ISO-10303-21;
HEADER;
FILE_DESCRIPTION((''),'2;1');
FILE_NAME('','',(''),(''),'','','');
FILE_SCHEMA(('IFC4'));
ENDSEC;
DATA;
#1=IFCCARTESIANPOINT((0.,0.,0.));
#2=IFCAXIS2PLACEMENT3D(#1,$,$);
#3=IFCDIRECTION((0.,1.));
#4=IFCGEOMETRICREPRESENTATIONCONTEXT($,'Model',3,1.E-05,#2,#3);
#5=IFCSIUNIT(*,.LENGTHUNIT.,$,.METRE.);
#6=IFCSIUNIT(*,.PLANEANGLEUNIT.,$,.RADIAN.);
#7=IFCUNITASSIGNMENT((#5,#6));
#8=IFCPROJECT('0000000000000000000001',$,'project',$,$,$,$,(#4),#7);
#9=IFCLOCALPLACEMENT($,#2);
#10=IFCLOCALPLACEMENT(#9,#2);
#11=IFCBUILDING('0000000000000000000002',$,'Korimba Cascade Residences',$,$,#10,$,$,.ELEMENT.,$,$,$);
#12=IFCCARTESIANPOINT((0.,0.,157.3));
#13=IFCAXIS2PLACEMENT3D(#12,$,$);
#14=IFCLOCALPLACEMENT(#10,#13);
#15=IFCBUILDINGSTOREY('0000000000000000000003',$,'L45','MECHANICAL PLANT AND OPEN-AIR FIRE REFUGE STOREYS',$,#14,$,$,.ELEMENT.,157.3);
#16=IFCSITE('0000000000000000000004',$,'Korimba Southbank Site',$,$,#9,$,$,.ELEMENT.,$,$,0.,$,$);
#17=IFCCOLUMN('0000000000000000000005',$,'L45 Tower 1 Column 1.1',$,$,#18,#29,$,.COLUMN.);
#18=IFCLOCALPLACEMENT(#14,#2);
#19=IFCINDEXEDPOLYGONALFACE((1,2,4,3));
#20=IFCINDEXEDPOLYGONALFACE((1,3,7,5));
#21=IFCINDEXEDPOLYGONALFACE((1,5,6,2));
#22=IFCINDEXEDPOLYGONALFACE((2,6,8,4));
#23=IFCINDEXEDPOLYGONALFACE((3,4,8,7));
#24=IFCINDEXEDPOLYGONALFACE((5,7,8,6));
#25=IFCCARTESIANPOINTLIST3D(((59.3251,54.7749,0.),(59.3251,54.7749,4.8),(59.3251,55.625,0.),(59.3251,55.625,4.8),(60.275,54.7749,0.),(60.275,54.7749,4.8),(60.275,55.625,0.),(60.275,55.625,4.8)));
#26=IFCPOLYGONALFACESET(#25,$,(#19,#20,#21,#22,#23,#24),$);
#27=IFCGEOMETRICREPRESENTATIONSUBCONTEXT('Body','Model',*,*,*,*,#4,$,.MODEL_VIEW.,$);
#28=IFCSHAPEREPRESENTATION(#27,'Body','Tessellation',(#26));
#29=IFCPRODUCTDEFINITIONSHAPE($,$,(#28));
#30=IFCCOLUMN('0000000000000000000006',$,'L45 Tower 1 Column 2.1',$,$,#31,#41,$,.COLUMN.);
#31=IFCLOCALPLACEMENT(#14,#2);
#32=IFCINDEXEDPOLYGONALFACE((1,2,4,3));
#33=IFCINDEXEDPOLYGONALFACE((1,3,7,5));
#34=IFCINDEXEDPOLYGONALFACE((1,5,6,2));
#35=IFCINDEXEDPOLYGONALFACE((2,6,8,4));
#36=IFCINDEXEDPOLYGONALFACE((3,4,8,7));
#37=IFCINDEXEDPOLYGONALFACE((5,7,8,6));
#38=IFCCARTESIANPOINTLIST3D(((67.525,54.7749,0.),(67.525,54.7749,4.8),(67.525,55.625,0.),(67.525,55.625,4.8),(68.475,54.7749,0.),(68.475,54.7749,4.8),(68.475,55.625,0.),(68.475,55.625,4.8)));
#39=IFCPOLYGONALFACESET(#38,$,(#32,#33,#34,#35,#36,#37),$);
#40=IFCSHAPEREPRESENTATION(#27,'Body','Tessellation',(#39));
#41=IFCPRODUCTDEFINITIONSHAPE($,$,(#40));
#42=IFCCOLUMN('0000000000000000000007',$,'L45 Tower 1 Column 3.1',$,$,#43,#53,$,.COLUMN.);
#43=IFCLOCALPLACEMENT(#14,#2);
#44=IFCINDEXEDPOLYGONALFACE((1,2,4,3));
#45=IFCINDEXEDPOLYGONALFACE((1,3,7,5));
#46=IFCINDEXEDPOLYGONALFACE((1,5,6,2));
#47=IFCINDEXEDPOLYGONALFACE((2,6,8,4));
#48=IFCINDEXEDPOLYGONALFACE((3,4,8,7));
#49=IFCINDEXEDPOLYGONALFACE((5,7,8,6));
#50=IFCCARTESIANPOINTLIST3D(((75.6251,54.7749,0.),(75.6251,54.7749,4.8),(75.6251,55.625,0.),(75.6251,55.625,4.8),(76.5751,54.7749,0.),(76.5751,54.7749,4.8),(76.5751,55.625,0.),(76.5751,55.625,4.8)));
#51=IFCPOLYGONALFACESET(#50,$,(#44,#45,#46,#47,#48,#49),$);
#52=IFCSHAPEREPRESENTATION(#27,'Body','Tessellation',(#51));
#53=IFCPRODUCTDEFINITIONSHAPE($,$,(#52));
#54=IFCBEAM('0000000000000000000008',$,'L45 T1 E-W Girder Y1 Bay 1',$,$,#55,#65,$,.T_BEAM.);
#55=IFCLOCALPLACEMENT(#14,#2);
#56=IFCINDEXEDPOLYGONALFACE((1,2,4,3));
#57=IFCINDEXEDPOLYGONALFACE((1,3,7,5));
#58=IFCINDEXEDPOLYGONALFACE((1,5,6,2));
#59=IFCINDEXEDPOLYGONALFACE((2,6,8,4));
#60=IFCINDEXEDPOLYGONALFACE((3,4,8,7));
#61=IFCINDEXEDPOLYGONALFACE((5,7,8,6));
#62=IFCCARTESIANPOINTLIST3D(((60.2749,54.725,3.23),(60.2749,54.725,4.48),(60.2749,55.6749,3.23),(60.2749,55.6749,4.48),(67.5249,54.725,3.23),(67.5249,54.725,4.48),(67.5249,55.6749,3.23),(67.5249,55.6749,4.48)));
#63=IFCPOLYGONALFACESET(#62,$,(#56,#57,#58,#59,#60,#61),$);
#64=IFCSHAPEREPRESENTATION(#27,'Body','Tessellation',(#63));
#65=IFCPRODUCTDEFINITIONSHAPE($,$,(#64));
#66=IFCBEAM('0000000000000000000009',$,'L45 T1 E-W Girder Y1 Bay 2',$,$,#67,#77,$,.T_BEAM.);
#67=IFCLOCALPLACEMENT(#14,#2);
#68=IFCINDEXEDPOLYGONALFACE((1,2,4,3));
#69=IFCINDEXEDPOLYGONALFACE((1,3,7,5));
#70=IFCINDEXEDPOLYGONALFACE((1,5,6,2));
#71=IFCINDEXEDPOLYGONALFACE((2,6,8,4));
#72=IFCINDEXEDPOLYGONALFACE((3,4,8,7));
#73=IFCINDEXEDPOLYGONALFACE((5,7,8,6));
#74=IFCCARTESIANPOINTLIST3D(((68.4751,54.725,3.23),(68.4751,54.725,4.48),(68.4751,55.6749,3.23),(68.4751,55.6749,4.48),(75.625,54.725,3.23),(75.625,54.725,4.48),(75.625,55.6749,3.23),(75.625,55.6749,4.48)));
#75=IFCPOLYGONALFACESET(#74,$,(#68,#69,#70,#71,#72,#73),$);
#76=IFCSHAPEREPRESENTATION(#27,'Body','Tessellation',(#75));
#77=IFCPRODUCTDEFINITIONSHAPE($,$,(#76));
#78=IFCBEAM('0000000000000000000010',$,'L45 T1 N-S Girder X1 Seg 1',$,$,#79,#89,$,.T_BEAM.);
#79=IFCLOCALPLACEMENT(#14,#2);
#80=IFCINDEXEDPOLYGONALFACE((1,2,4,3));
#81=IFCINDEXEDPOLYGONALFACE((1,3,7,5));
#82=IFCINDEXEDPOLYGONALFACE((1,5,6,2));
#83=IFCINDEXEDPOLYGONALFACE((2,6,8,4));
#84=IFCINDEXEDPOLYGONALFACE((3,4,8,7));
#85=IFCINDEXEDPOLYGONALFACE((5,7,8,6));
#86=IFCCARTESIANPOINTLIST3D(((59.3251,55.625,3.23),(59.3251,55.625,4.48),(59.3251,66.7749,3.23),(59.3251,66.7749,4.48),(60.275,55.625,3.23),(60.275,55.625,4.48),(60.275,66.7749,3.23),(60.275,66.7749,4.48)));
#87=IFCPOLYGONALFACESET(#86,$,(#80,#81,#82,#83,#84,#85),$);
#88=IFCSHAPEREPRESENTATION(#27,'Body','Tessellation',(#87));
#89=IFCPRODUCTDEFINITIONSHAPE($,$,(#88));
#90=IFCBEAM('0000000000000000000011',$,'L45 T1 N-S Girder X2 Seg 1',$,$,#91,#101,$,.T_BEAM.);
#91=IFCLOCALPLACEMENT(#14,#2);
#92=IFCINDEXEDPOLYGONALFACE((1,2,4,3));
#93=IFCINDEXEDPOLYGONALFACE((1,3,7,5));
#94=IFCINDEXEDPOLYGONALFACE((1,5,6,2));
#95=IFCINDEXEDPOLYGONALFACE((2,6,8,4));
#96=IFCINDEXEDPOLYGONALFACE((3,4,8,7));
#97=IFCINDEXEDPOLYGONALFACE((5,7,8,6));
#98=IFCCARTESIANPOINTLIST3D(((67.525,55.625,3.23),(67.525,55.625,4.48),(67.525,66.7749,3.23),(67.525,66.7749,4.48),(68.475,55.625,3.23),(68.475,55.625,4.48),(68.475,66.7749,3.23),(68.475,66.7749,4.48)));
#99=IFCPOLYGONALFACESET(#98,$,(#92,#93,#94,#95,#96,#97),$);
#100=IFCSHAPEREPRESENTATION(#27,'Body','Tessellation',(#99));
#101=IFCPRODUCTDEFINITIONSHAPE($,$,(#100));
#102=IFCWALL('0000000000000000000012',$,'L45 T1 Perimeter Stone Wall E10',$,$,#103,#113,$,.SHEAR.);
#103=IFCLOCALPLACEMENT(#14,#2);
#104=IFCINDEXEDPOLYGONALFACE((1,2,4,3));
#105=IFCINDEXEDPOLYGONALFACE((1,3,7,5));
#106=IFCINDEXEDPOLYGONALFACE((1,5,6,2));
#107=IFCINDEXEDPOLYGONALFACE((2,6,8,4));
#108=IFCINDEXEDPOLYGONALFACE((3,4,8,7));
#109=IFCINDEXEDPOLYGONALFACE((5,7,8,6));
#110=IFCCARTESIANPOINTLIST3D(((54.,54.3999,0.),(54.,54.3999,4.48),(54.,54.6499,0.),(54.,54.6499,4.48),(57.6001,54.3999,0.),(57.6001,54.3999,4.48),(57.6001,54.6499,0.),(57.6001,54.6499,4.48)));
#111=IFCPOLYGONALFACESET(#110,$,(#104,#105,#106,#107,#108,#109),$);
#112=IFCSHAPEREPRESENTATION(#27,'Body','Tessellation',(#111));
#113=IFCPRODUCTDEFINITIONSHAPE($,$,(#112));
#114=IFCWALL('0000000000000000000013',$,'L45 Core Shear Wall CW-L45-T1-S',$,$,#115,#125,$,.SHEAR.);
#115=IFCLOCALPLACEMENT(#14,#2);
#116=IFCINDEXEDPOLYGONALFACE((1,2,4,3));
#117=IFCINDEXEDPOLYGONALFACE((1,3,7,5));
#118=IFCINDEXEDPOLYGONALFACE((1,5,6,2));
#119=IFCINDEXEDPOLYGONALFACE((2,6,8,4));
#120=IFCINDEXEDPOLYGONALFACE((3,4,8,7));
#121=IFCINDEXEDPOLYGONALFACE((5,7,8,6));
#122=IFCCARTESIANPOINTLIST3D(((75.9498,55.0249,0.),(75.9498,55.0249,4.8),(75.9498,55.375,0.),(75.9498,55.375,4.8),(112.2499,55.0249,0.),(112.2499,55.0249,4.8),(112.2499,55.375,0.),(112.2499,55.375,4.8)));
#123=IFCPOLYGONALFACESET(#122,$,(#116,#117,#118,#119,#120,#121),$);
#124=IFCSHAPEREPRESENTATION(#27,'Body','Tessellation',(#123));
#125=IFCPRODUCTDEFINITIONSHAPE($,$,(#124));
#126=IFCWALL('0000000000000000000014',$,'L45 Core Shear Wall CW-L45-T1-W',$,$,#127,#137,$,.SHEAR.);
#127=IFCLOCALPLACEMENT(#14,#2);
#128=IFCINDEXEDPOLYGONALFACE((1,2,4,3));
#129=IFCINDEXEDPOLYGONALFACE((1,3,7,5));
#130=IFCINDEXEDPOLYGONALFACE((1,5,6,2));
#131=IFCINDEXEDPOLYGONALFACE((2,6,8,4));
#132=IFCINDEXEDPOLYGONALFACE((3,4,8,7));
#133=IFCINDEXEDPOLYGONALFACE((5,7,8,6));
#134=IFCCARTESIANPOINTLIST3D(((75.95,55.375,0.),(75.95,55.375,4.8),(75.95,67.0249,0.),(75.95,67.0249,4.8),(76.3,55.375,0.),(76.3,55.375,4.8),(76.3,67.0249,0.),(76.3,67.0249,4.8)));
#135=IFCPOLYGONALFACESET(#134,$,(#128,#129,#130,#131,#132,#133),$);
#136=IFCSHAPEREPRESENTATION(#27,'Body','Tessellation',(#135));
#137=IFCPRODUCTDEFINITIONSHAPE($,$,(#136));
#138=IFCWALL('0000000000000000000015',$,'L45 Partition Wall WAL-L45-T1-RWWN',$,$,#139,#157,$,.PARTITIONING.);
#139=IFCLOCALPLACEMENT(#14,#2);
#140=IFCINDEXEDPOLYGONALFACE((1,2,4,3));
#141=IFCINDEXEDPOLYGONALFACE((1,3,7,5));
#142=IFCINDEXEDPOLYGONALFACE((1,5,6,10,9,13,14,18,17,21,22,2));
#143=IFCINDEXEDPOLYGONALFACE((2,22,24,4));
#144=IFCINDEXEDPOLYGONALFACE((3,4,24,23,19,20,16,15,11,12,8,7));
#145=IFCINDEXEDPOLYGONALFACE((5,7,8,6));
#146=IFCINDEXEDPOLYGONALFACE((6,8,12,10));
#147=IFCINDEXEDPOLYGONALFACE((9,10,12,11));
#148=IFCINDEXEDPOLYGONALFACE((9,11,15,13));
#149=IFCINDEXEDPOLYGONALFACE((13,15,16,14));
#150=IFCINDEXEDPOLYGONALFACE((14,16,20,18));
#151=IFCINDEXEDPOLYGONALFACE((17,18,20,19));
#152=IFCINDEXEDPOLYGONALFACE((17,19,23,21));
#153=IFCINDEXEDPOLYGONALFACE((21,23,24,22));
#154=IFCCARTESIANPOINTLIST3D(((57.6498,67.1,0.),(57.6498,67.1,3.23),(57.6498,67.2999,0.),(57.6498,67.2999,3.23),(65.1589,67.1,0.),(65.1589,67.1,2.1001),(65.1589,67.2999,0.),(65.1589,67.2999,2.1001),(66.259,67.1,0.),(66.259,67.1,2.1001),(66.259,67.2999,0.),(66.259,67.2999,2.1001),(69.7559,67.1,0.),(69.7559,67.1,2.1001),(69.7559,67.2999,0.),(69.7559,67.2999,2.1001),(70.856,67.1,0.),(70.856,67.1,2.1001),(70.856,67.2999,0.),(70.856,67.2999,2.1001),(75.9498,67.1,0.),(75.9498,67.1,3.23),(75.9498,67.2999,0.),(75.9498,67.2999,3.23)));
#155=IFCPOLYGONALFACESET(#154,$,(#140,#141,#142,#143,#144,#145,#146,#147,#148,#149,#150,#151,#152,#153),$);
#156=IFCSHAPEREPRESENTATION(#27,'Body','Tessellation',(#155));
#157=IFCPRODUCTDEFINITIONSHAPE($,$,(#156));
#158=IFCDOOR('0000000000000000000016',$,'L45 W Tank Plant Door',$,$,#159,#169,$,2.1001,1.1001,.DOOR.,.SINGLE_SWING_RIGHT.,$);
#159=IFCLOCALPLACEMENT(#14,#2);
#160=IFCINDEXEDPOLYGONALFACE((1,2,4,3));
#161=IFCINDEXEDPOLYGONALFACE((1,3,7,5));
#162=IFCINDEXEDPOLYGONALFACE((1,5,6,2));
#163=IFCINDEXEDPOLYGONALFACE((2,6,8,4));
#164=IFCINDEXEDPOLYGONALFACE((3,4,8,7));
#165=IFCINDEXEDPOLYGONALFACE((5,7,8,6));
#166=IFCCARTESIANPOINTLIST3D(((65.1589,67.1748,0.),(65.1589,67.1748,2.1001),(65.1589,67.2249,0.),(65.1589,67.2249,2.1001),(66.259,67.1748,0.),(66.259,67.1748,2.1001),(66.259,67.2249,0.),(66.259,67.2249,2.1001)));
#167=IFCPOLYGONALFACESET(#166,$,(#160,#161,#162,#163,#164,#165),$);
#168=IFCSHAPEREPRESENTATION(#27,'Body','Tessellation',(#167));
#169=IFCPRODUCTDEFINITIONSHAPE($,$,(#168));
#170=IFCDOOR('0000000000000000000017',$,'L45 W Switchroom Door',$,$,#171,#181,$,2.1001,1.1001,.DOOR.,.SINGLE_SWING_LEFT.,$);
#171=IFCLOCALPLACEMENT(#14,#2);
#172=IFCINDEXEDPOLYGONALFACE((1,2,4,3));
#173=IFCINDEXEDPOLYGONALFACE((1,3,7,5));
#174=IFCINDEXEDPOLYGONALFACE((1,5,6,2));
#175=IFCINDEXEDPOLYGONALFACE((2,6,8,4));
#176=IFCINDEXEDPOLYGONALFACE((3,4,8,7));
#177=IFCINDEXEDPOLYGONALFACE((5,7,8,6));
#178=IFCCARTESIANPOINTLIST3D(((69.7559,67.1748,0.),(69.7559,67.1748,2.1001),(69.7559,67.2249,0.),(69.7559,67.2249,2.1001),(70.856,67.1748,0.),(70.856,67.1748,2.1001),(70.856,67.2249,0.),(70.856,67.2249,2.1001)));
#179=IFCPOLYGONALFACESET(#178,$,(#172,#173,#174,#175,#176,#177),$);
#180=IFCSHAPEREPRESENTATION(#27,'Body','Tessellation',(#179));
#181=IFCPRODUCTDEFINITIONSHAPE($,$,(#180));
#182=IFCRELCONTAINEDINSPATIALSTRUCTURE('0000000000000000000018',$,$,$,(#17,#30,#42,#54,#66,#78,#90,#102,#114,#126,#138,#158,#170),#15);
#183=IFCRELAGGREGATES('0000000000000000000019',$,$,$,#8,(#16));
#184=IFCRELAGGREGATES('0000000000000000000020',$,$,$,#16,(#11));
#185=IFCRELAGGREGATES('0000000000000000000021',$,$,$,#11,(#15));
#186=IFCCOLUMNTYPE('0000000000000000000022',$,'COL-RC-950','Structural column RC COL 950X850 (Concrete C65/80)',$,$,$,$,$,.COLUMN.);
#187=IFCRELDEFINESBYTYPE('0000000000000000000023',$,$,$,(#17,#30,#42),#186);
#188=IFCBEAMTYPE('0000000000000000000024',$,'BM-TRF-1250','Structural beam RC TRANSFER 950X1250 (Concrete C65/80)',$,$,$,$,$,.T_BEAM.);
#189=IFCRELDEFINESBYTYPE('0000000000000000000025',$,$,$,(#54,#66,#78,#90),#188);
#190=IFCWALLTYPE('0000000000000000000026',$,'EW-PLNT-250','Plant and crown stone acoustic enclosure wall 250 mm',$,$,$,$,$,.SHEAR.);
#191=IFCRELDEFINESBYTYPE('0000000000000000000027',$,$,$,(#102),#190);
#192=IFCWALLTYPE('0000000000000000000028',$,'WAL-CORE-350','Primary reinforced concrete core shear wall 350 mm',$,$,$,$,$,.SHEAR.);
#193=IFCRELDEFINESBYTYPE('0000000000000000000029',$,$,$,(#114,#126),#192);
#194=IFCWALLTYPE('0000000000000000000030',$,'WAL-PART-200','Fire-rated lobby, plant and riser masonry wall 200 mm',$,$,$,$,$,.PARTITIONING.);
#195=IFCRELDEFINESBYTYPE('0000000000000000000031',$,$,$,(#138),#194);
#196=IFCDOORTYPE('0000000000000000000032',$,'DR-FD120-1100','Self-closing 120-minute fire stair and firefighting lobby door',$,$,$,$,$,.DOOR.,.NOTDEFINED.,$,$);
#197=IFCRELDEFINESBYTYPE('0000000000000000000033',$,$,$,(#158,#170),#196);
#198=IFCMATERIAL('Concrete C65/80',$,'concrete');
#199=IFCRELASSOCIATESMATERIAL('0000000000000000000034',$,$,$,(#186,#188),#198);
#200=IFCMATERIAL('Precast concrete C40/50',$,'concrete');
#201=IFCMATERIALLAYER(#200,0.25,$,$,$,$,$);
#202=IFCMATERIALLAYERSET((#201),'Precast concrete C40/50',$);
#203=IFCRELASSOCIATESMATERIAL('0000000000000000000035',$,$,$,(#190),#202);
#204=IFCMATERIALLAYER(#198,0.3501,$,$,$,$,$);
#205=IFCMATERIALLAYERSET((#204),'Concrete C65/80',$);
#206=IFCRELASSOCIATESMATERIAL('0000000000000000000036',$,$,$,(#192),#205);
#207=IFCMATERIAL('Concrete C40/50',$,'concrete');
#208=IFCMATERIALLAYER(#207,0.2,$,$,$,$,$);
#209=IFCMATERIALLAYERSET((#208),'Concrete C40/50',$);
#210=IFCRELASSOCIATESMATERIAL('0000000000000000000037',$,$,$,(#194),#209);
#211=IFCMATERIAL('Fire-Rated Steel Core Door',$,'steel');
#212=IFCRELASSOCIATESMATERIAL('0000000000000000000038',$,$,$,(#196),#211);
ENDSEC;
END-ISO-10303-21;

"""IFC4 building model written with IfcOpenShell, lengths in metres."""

from ifc_helpers import new_model, si_unit, direction, frame, frame_2d, origin, origin_2d, place, context, subcontext, project, spatial, rectangle, extrude, material, layer, layer_set, material_profile, profile_set, type_object, element, fill, save


model = new_model("IFC4")

# Units and contexts
model_context = context("Model", 3, precision=1e-05, world=origin(), true_north=direction((0.0, 1.0)))
body_context = subcontext(model_context, "Body", "Model", "MODEL_VIEW")
ifc_project = project(units=[si_unit("LENGTHUNIT", "METRE"), si_unit("PLANEANGLEUNIT", "RADIAN")], contexts=[model_context])

# Site, building, storey
site_placement = place(None, origin())
site = spatial("IfcSite", under=ifc_project, at=site_placement, Name="Korimba Southbank Site", CompositionType="ELEMENT", RefElevation=0.0)
building_placement = place(site_placement, origin())
building = spatial("IfcBuilding", under=site, at=building_placement, Name="Korimba Cascade Residences", CompositionType="ELEMENT")
storey_placement = place(building_placement, frame((0.0, 0.0, 157.3)))
storey = spatial("IfcBuildingStorey", under=building, at=storey_placement, Name="L45", Description="MECHANICAL PLANT AND OPEN-AIR FIRE REFUGE STOREYS", CompositionType="ELEMENT", Elevation=157.3)

# Columns
ifc_material_1 = material(Name="Concrete C65/80", Category="concrete")
ifc_material_profile_1 = material_profile(ifc_material_1, rectangle(XDim=0.95, YDim=0.8501, at=origin_2d()), Name="Concrete C65/80")
ifc_profile_set_1 = profile_set([ifc_material_profile_1], Name="Concrete C65/80")
column_type = type_object("IfcColumnType", Name="COL-RC-950", Description="Structural column RC COL 950X850 (Concrete C65/80)", PredefinedType="COLUMN", material=ifc_profile_set_1)
for number, where, z_axis, x_axis, name in (
    (1, (59.8, 55.2, 0.0), (0.0, 0.0, 1.0), (1.0, 0.0, 0.0), "L45 Tower 1 Column 1.1"),
    (2, (68.0, 55.2, 0.0), (0.0, 0.0, 1.0), (1.0, 0.0, 0.0), "L45 Tower 1 Column 2.1"),
    (3, (76.1001, 55.2, 0.0), (0.0, 0.0, 1.0), (1.0, 0.0, 0.0), "L45 Tower 1 Column 3.1"),
):
    element("IfcColumn", number, at=place(storey_placement, frame(where, z_axis=z_axis, x_axis=x_axis)), inside=storey, type_object=column_type, Name=name, PredefinedType="COLUMN", context=body_context, shape_type="SweptSolid", body=[
        extrude(rectangle(XDim=0.95, YDim=0.8501, at=origin_2d()), origin(), (0.0, 0.0, 1.0), 4.8),
    ])

# Beams
ifc_material_profile_2 = material_profile(ifc_material_1, rectangle(XDim=0.95, YDim=1.25, at=origin_2d()), Name="Concrete C65/80")
ifc_profile_set_2 = profile_set([ifc_material_profile_2], Name="Concrete C65/80")
beam_type = type_object("IfcBeamType", Name="BM-TRF-1250", Description="Structural beam RC TRANSFER 950X1250 (Concrete C65/80)", PredefinedType="T_BEAM", material=ifc_profile_set_2)
beam_1_placement = place(storey_placement, frame((60.2749, 55.2, 3.855), z_axis=(1.0, 0.0, 0.0), x_axis=(0.0, 1.0, 0.0)))
element("IfcBeam", 4, at=beam_1_placement, inside=storey, type_object=beam_type, Name="L45 T1 E-W Girder Y1 Bay 1", PredefinedType="T_BEAM", context=body_context, shape_type="SweptSolid", body=[
    extrude(rectangle(XDim=0.95, YDim=1.25, at=origin_2d()), origin(), (0.0, 0.0, 1.0), 7.25),
])
beam_2_placement = place(storey_placement, frame((68.4751, 55.2, 3.855), z_axis=(1.0, 0.0, 0.0), x_axis=(0.0, 1.0, 0.0)))
element("IfcBeam", 5, at=beam_2_placement, inside=storey, type_object=beam_type, Name="L45 T1 E-W Girder Y1 Bay 2", PredefinedType="T_BEAM", context=body_context, shape_type="SweptSolid", body=[
    extrude(rectangle(XDim=0.95, YDim=1.25, at=origin_2d()), origin(), (0.0, 0.0, 1.0), 7.1499),
])
for number, where, z_axis, x_axis, name in (
    (6, (59.8, 55.625, 3.855), (0.0, 1.0, 0.0), (-1.0, 0.0, 0.0), "L45 T1 N-S Girder X1 Seg 1"),
    (7, (68.0, 55.625, 3.855), (0.0, 1.0, 0.0), (-1.0, 0.0, 0.0), "L45 T1 N-S Girder X2 Seg 1"),
):
    element("IfcBeam", number, at=place(storey_placement, frame(where, z_axis=z_axis, x_axis=x_axis)), inside=storey, type_object=beam_type, Name=name, PredefinedType="T_BEAM", context=body_context, shape_type="SweptSolid", body=[
        extrude(rectangle(XDim=0.95, YDim=1.25, at=origin_2d()), origin(), (0.0, 0.0, 1.0), 11.1499),
    ])

# Walls
ifc_material_2 = material(Name="Precast concrete C40/50", Category="concrete")
ifc_layer_1 = layer(ifc_material_2, 0.25)
ifc_layer_set_1 = layer_set([ifc_layer_1], Name="Precast concrete C40/50")
wall_type_1 = type_object("IfcWallType", Name="EW-PLNT-250", Description="Plant and crown stone acoustic enclosure wall 250 mm", PredefinedType="SHEAR", material=ifc_layer_set_1)
wall_1_placement = place(storey_placement, frame((54.0, 54.5249, 0.0), z_axis=(0.0, 0.0, 1.0), x_axis=(1.0, 0.0, 0.0)))
element("IfcWall", 8, at=wall_1_placement, inside=storey, type_object=wall_type_1, Name="L45 T1 Perimeter Stone Wall E10", PredefinedType="SHEAR", context=body_context, shape_type="SweptSolid", body=[
    extrude(rectangle(XDim=3.6001, YDim=0.25, at=frame_2d((1.8, 0.0))), origin(), (0.0, 0.0, 1.0), 4.48),
])
ifc_layer_2 = layer(ifc_material_1, 0.3501)
ifc_layer_set_2 = layer_set([ifc_layer_2], Name="Concrete C65/80")
wall_type_2 = type_object("IfcWallType", Name="WAL-CORE-350", Description="Primary reinforced concrete core shear wall 350 mm", PredefinedType="SHEAR", material=ifc_layer_set_2)
wall_2_placement = place(storey_placement, frame((75.95, 55.2, 0.0), z_axis=(0.0, 0.0, 1.0), x_axis=(1.0, 0.0, 0.0)))
element("IfcWall", 9, at=wall_2_placement, inside=storey, type_object=wall_type_2, Name="L45 Core Shear Wall CW-L45-T1-S", PredefinedType="SHEAR", context=body_context, shape_type="SweptSolid", body=[
    extrude(rectangle(XDim=36.3, YDim=0.3501, at=frame_2d((18.1499, 0.0))), origin(), (0.0, 0.0, 1.0), 4.8),
])
wall_3_placement = place(storey_placement, frame((76.125, 55.375, 0.0), z_axis=(0.0, 0.0, 1.0), x_axis=(0.0, 1.0, 0.0)))
element("IfcWall", 10, at=wall_3_placement, inside=storey, type_object=wall_type_2, Name="L45 Core Shear Wall CW-L45-T1-W", PredefinedType="SHEAR", context=body_context, shape_type="SweptSolid", body=[
    extrude(rectangle(XDim=11.6499, YDim=0.3501, at=frame_2d((5.825, 0.0))), origin(), (0.0, 0.0, 1.0), 4.8),
])

# Wall, openings, doors
ifc_material_3 = material(Name="Concrete C40/50", Category="concrete")
ifc_layer_3 = layer(ifc_material_3, 0.2)
ifc_layer_set_3 = layer_set([ifc_layer_3], Name="Concrete C40/50")
wall_type_3 = type_object("IfcWallType", Name="WAL-PART-200", Description="Fire-rated lobby, plant and riser masonry wall 200 mm", PredefinedType="PARTITIONING", material=ifc_layer_set_3)
wall_4_placement = place(storey_placement, frame((57.6499, 67.2, 0.0), z_axis=(0.0, 0.0, 1.0), x_axis=(1.0, 0.0, 0.0)))
wall_4 = element("IfcWall", 11, at=wall_4_placement, inside=storey, type_object=wall_type_3, Name="L45 Partition Wall WAL-L45-T1-RWWN", PredefinedType="PARTITIONING", context=body_context, shape_type="SweptSolid", body=[
    extrude(rectangle(XDim=18.3, YDim=0.2, at=frame_2d((9.1499, 0.0))), origin(), (0.0, 0.0, 1.0), 3.23),
])
opening_1_placement = place(wall_4_placement, frame((7.509, 0.0, 0.0)))
opening_1 = element("IfcOpeningElement", 12, at=opening_1_placement, cuts=wall_4, PredefinedType="OPENING", context=body_context, shape_type="SweptSolid", body=[
    extrude(rectangle(XDim=1.1001, YDim=2.1001, at=frame_2d((0.55, 1.05))), frame((0.0, 0.1099, 0.0), z_axis=(0.0, -1.0, 0.0), x_axis=(1.0, 0.0, 0.0)), (0.0, 0.0, 1.0), 0.22),
])
opening_2_placement = place(wall_4_placement, frame((12.106, 0.0, 0.0)))
opening_2 = element("IfcOpeningElement", 13, at=opening_2_placement, cuts=wall_4, PredefinedType="OPENING", context=body_context, shape_type="SweptSolid", body=[
    extrude(rectangle(XDim=1.1001, YDim=2.1001, at=frame_2d((0.55, 1.05))), frame((0.0, 0.1099, 0.0), z_axis=(0.0, -1.0, 0.0), x_axis=(1.0, 0.0, 0.0)), (0.0, 0.0, 1.0), 0.22),
])
ifc_material_4 = material(Name="Fire-Rated Steel Core Door", Category="steel")
door_type = type_object("IfcDoorType", Name="DR-FD120-1100", Description="Self-closing 120-minute fire stair and firefighting lobby door", OperationType="NOTDEFINED", PredefinedType="DOOR", material=ifc_material_4)
door_1_placement = place(opening_1_placement, origin())
door_1 = element("IfcDoor", 14, at=door_1_placement, inside=storey, type_object=door_type, Name="L45 W Tank Plant Door", OperationType="SINGLE_SWING_RIGHT", OverallHeight=2.1001, OverallWidth=1.1001, PredefinedType="DOOR", context=body_context, shape_type="SweptSolid", body=[
    extrude(rectangle(XDim=1.1001, YDim=2.1001, at=frame_2d((0.55, 1.05))), frame((0.0, 0.0249, 0.0), z_axis=(0.0, -1.0, 0.0), x_axis=(1.0, 0.0, 0.0)), (0.0, 0.0, 1.0), 0.05),
])
fill(opening_1, door_1)
door_2_placement = place(opening_2_placement, origin())
door_2 = element("IfcDoor", 15, at=door_2_placement, inside=storey, type_object=door_type, Name="L45 W Switchroom Door", OperationType="SINGLE_SWING_LEFT", OverallHeight=2.1001, OverallWidth=1.1001, PredefinedType="DOOR", context=body_context, shape_type="SweptSolid", body=[
    extrude(rectangle(XDim=1.1001, YDim=2.1001, at=frame_2d((0.55, 1.05))), frame((0.0, 0.0249, 0.0), z_axis=(0.0, -1.0, 0.0), x_axis=(1.0, 0.0, 0.0)), (0.0, 0.0, 1.0), 0.05),
])
fill(opening_2, door_2)

save(model, "model.ifc")
